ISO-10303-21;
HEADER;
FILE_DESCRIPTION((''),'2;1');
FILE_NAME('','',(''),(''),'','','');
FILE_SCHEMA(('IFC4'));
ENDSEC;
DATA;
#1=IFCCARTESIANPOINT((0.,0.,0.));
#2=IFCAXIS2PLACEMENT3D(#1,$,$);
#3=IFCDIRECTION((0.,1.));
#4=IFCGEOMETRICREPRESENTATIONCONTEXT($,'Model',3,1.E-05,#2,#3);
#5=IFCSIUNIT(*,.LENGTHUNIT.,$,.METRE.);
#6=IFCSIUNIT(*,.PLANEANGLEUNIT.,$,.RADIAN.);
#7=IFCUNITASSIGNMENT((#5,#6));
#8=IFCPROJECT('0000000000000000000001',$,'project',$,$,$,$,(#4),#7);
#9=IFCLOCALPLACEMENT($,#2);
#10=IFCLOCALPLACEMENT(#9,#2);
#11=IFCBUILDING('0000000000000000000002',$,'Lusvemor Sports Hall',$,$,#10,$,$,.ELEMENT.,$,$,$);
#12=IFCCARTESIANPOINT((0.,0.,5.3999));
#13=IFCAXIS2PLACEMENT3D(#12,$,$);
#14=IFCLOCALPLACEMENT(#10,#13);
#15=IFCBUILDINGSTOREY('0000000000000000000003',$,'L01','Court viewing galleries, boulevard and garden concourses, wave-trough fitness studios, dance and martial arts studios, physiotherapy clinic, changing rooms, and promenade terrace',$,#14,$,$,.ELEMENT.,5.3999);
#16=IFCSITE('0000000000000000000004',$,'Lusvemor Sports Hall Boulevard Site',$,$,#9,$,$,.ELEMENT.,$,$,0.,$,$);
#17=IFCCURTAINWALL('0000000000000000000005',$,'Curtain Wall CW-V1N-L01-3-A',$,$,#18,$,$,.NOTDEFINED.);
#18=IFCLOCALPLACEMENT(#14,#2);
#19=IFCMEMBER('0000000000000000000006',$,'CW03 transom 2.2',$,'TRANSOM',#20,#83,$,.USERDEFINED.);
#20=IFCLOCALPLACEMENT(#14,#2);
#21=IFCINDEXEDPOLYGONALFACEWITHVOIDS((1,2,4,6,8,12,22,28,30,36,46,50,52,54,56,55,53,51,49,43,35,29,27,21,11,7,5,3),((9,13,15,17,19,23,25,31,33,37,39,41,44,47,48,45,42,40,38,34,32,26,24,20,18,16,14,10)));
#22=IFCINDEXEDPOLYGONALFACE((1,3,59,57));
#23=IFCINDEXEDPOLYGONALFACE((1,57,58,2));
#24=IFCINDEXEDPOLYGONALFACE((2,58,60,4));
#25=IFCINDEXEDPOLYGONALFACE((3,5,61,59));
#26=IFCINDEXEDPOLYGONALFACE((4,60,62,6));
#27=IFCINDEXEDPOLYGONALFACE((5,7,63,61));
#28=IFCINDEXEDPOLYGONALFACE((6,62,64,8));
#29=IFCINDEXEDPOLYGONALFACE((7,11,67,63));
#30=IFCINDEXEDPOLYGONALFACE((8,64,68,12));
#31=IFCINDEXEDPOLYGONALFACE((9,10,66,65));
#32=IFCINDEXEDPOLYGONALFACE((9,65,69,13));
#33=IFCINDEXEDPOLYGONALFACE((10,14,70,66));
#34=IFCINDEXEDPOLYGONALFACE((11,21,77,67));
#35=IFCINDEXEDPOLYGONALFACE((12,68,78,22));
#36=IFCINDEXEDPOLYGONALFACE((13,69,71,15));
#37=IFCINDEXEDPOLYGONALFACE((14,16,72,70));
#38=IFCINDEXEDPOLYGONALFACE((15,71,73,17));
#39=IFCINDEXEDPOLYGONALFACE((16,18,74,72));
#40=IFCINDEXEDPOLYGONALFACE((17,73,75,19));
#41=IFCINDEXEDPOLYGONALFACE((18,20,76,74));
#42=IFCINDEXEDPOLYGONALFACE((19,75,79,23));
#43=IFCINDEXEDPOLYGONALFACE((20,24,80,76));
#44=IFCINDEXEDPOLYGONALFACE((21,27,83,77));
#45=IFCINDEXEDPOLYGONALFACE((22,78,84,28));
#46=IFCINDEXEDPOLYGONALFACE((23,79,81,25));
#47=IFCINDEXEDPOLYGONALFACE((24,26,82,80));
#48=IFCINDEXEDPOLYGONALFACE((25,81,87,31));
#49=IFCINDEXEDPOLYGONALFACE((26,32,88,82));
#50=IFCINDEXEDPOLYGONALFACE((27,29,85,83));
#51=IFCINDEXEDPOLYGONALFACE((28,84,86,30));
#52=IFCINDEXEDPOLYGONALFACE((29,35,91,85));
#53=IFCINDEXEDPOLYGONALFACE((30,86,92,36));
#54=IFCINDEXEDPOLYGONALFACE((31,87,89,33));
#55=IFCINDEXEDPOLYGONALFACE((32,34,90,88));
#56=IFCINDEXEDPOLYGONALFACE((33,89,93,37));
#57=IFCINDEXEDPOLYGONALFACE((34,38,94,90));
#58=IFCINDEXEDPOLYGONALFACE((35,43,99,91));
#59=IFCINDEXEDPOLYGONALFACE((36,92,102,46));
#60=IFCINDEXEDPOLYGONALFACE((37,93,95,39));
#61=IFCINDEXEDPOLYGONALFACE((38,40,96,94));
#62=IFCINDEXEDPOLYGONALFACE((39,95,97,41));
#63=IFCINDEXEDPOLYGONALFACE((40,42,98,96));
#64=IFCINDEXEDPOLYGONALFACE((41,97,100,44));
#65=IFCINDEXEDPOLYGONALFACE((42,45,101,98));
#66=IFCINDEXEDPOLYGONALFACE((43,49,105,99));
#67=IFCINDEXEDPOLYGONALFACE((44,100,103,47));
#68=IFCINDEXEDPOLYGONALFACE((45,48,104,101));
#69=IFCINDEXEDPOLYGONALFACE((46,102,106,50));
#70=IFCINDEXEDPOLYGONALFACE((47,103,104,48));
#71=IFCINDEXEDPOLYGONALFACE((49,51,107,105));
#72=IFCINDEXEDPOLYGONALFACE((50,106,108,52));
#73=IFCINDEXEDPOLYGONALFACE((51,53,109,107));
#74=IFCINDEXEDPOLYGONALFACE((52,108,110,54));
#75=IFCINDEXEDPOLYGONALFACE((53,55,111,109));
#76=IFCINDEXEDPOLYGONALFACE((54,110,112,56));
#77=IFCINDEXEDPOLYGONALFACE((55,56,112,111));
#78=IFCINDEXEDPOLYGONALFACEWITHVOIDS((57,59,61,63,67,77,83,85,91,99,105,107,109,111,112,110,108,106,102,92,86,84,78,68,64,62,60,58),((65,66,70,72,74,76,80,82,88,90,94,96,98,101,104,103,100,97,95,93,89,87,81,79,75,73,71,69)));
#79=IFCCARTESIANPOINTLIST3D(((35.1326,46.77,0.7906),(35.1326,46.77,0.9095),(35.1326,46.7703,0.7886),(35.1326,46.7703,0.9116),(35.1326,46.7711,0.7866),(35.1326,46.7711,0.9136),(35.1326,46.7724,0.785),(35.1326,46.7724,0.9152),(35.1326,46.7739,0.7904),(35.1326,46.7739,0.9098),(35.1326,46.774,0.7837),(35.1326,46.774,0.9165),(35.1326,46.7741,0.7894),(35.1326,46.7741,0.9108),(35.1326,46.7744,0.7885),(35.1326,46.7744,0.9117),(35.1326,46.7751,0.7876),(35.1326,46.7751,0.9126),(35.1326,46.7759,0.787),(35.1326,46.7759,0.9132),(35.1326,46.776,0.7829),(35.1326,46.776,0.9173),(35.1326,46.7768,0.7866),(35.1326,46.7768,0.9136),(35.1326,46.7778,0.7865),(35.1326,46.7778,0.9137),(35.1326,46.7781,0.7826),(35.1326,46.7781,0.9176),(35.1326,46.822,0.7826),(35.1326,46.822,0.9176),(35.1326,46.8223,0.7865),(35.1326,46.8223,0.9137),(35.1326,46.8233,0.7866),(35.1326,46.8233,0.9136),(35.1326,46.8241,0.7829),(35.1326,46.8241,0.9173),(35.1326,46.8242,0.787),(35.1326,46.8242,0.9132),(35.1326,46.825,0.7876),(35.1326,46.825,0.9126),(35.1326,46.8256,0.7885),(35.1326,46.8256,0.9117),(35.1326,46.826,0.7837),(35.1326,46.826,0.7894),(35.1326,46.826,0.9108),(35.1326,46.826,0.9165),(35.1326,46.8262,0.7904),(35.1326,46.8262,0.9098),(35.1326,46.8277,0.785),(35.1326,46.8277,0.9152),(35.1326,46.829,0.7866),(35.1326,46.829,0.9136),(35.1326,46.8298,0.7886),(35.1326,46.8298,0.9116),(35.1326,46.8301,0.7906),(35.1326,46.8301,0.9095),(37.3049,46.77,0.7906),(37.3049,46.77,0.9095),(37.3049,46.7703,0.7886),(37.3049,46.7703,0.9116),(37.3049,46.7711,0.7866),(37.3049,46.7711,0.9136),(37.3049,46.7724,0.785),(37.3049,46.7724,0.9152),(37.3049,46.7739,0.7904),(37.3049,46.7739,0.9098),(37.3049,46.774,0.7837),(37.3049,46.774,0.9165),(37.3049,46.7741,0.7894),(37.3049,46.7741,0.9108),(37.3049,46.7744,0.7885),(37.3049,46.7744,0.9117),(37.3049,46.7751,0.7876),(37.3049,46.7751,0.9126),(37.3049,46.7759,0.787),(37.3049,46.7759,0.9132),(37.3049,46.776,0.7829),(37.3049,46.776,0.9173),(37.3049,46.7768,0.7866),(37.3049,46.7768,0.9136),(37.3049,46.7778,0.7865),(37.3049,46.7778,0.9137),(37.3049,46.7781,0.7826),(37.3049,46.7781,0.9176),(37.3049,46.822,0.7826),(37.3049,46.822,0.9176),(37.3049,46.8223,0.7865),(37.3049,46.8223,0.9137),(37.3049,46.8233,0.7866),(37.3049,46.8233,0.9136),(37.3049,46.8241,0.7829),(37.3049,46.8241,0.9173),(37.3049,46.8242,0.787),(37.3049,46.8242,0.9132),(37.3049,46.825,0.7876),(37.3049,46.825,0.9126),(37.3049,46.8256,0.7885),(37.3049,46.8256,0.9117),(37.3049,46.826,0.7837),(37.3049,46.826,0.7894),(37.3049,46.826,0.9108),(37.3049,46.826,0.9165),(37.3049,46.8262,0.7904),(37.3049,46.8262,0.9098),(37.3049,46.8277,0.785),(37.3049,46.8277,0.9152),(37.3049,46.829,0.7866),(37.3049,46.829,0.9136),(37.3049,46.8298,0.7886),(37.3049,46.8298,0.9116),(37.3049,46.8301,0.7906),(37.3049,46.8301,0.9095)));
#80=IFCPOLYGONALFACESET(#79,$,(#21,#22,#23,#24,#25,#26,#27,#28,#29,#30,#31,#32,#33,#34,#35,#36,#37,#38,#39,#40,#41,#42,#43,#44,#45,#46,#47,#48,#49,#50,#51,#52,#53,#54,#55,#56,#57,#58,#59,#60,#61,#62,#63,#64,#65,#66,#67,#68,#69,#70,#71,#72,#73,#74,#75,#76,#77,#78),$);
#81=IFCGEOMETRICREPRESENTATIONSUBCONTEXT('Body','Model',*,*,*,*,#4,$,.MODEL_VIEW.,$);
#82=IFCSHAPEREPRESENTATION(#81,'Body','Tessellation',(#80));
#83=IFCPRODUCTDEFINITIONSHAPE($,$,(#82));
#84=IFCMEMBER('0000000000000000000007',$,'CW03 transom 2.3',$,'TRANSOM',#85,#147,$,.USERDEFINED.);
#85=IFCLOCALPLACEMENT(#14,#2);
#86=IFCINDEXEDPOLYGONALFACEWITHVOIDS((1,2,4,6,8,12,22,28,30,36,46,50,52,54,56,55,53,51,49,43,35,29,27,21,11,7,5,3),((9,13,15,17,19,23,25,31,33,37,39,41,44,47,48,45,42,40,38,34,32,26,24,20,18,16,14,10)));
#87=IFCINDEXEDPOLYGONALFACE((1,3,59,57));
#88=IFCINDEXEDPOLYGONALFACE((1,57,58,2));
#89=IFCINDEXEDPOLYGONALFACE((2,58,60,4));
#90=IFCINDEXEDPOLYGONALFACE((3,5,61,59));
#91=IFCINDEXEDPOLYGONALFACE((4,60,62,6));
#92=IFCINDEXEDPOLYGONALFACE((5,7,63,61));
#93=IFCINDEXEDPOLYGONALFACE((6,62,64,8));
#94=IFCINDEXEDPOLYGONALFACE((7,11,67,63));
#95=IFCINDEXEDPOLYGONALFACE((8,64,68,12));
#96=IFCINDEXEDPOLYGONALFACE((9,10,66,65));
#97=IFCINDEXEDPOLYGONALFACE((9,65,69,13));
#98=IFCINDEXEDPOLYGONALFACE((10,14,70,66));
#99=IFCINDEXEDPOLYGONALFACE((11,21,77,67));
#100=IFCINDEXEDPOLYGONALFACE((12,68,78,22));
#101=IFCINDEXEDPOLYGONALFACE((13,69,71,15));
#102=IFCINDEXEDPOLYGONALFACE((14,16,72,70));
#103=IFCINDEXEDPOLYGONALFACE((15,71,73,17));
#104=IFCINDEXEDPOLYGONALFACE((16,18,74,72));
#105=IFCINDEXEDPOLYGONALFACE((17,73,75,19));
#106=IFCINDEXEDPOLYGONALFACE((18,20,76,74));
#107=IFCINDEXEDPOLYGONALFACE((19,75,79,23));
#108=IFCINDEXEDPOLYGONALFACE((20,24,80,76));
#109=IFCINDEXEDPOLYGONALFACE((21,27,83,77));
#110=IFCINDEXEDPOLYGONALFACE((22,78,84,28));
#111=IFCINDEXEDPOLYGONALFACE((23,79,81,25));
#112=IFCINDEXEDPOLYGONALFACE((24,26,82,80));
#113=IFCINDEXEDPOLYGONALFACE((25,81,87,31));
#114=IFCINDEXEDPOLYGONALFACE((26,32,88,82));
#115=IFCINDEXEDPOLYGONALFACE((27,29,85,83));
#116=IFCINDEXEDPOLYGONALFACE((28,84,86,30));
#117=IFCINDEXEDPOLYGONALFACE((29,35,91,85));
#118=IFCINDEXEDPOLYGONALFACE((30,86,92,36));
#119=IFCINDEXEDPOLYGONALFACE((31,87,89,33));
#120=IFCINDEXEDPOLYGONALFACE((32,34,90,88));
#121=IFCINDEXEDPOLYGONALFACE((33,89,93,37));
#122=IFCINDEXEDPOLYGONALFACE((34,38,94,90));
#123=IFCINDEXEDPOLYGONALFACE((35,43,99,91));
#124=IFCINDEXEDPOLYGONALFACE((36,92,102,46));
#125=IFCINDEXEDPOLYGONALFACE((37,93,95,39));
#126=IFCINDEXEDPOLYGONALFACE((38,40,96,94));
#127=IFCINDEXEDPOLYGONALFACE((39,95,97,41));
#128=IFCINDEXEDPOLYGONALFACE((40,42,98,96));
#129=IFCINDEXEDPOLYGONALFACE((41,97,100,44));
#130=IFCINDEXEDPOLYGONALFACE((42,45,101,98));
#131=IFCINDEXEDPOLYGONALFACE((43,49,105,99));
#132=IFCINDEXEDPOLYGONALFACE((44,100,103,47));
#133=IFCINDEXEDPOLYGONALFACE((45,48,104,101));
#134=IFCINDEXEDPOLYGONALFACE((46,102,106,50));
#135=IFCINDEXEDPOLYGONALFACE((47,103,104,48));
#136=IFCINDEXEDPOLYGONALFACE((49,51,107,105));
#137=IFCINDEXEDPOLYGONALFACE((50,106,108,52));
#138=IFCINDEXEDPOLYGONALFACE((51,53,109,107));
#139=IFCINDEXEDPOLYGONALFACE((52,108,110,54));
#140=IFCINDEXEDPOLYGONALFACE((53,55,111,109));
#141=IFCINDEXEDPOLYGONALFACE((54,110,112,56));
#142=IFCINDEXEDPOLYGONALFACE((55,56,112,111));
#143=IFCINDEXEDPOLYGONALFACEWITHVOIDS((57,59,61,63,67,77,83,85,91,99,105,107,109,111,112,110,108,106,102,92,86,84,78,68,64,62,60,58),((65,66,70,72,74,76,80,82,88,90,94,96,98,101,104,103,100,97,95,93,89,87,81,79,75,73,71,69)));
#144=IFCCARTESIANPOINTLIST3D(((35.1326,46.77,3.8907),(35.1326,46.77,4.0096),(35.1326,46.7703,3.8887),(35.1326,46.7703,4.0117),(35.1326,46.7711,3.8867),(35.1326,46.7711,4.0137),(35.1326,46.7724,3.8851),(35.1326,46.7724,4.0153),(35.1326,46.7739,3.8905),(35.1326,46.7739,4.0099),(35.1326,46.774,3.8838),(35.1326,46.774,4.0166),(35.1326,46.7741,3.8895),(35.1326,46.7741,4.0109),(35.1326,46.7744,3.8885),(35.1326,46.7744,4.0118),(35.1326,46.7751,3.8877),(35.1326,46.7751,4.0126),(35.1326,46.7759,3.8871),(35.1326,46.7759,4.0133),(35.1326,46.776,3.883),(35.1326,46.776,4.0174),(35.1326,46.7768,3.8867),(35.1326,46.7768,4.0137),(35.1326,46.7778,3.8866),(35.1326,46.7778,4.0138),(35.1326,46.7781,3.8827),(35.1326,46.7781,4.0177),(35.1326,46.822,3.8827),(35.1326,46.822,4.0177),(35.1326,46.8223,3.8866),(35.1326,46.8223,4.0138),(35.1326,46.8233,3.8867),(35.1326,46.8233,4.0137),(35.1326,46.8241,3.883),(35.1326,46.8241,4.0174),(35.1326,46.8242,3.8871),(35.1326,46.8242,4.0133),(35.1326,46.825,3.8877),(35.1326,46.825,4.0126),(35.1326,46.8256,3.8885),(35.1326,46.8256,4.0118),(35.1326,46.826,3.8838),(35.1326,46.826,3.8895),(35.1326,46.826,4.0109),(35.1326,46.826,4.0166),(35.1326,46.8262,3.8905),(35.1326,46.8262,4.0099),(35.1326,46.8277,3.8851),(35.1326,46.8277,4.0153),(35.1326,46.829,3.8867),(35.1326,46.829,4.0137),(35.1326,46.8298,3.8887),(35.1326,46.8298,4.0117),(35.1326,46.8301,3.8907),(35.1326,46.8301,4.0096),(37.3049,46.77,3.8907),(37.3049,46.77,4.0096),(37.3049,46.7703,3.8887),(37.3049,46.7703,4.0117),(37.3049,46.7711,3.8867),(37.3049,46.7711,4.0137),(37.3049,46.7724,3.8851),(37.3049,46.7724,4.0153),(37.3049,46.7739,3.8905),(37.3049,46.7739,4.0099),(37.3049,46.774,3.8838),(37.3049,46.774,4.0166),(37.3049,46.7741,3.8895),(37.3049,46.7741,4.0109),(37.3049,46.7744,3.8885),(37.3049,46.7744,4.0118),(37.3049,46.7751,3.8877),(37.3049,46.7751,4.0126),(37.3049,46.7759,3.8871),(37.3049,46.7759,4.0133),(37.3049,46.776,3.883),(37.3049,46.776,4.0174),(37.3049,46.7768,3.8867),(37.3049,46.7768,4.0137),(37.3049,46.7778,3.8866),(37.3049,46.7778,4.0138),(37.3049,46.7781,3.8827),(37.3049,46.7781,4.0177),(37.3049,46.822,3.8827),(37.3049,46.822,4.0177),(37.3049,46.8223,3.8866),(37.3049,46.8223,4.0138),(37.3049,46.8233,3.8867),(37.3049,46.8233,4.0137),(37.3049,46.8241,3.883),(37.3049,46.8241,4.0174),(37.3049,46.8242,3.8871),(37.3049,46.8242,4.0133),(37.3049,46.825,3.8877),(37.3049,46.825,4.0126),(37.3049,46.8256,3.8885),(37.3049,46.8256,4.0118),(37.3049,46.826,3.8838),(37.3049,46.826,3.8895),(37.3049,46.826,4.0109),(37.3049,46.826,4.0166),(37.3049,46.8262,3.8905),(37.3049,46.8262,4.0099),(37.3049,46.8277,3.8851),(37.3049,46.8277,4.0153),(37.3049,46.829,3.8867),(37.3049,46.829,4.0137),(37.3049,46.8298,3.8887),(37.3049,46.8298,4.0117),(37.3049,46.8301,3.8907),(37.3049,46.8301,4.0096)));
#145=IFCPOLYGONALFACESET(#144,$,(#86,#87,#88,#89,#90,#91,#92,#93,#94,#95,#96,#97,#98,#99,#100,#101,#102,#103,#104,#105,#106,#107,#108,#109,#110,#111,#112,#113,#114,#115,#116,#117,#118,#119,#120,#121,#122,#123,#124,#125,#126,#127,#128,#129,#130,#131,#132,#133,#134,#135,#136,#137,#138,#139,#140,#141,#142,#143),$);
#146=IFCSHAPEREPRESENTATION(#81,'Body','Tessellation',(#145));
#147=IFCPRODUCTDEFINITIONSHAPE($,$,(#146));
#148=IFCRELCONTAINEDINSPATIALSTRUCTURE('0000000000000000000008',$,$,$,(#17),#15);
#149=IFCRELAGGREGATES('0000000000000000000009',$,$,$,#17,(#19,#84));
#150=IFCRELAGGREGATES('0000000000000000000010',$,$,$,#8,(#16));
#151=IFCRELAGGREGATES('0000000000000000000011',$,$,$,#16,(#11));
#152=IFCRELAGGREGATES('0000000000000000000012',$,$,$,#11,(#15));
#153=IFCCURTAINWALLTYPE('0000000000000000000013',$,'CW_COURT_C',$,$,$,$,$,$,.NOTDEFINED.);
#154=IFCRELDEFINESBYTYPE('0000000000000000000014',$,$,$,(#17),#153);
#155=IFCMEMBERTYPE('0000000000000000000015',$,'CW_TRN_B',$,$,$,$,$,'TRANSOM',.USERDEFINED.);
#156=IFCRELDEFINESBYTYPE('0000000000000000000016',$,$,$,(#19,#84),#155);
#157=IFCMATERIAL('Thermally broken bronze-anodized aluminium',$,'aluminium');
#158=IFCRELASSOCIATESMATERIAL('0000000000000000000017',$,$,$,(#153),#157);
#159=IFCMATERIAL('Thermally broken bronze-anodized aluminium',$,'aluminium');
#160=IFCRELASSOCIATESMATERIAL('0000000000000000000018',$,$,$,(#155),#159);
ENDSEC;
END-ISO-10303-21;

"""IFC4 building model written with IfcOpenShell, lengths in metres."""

from ifc_helpers import new_model, si_unit, direction, frame, origin, origin_2d, place, context, subcontext, project, spatial, hollow_rectangle, extrude, material, material_profile, profile_set, type_object, element, aggregate, save


model = new_model("IFC4")

# Units and contexts
model_context = context("Model", 3, precision=1e-05, world=origin(), true_north=direction((0.0, 1.0)))
body_context = subcontext(model_context, "Body", "Model", "MODEL_VIEW")
ifc_project = project(units=[si_unit("LENGTHUNIT", "METRE"), si_unit("PLANEANGLEUNIT", "RADIAN")], contexts=[model_context])

# Site, building, storey
site_placement = place(None, origin())
site = spatial("IfcSite", under=ifc_project, at=site_placement, Name="Lusvemor Sports Hall Boulevard Site", CompositionType="ELEMENT", RefElevation=0.0)
building_placement = place(site_placement, origin())
building = spatial("IfcBuilding", under=site, at=building_placement, Name="Lusvemor Sports Hall", CompositionType="ELEMENT")
storey_placement = place(building_placement, frame((0.0, 0.0, 5.3999)))
storey = spatial("IfcBuildingStorey", under=building, at=storey_placement, Name="L01", Description="Court viewing galleries, boulevard and garden concourses, wave-trough fitness studios, dance and martial arts studios, physiotherapy clinic, changing rooms, and promenade terrace", CompositionType="ELEMENT", Elevation=5.3999)

# Shared definitions
ifc_material_1 = material(Name="Thermally broken bronze-anodized aluminium", Category="aluminium")
curtain_wall_type = type_object("IfcCurtainWallType", Name="CW_COURT_C", PredefinedType="NOTDEFINED", material=ifc_material_1)

# Curtain wall
curtain_wall_1_placement = place(storey_placement, origin())
curtain_wall_1 = element("IfcCurtainWall", 1, at=curtain_wall_1_placement, inside=storey, type_object=curtain_wall_type, Name="Curtain Wall CW-V1N-L01-3-A", PredefinedType="NOTDEFINED")

# Members
ifc_material_2 = material(Name="Thermally broken bronze-anodized aluminium", Category="aluminium")
ifc_material_profile_1 = material_profile(ifc_material_2, hollow_rectangle(XDim=0.0601, YDim=0.135, WallThickness=0.0039, InnerFilletRadius=0.0039, OuterFilletRadius=0.0081, at=origin_2d()), Name="CWTRN135x60x4")
ifc_profile_set_1 = profile_set([ifc_material_profile_1], Name="Thermally broken bronze-anodized aluminium")
member_type_1 = type_object("IfcMemberType", Name="CW_TRN_B", ElementType="TRANSOM", PredefinedType="USERDEFINED", material=ifc_profile_set_1)
member_1_placement = place(storey_placement, frame((35.1326, 46.8, 0.8501), z_axis=(1.0, 0.0, 0.0), x_axis=(0.0, 1.0, 0.0)))
member_1 = element("IfcMember", 2, at=member_1_placement, type_object=member_type_1, Name="CW03 transom 2.2", ObjectType="TRANSOM", PredefinedType="USERDEFINED", context=body_context, shape_type="SweptSolid", body=[
    extrude(hollow_rectangle(XDim=0.0601, YDim=0.135, WallThickness=0.0039, InnerFilletRadius=0.0039, OuterFilletRadius=0.0081, at=origin_2d()), origin(), (0.0, 0.0, 1.0), 2.1724),
])
member_2_placement = place(storey_placement, frame((35.1326, 46.8, 3.9502), z_axis=(1.0, 0.0, 0.0), x_axis=(0.0, 1.0, 0.0)))
member_2 = element("IfcMember", 3, at=member_2_placement, type_object=member_type_1, Name="CW03 transom 2.3", ObjectType="TRANSOM", PredefinedType="USERDEFINED", context=body_context, shape_type="SweptSolid", body=[
    extrude(hollow_rectangle(XDim=0.0601, YDim=0.135, WallThickness=0.0039, InnerFilletRadius=0.0039, OuterFilletRadius=0.0081, at=origin_2d()), origin(), (0.0, 0.0, 1.0), 2.1724),
])

aggregate(curtain_wall_1, [member_1, member_2])

save(model, "model.ifc")
